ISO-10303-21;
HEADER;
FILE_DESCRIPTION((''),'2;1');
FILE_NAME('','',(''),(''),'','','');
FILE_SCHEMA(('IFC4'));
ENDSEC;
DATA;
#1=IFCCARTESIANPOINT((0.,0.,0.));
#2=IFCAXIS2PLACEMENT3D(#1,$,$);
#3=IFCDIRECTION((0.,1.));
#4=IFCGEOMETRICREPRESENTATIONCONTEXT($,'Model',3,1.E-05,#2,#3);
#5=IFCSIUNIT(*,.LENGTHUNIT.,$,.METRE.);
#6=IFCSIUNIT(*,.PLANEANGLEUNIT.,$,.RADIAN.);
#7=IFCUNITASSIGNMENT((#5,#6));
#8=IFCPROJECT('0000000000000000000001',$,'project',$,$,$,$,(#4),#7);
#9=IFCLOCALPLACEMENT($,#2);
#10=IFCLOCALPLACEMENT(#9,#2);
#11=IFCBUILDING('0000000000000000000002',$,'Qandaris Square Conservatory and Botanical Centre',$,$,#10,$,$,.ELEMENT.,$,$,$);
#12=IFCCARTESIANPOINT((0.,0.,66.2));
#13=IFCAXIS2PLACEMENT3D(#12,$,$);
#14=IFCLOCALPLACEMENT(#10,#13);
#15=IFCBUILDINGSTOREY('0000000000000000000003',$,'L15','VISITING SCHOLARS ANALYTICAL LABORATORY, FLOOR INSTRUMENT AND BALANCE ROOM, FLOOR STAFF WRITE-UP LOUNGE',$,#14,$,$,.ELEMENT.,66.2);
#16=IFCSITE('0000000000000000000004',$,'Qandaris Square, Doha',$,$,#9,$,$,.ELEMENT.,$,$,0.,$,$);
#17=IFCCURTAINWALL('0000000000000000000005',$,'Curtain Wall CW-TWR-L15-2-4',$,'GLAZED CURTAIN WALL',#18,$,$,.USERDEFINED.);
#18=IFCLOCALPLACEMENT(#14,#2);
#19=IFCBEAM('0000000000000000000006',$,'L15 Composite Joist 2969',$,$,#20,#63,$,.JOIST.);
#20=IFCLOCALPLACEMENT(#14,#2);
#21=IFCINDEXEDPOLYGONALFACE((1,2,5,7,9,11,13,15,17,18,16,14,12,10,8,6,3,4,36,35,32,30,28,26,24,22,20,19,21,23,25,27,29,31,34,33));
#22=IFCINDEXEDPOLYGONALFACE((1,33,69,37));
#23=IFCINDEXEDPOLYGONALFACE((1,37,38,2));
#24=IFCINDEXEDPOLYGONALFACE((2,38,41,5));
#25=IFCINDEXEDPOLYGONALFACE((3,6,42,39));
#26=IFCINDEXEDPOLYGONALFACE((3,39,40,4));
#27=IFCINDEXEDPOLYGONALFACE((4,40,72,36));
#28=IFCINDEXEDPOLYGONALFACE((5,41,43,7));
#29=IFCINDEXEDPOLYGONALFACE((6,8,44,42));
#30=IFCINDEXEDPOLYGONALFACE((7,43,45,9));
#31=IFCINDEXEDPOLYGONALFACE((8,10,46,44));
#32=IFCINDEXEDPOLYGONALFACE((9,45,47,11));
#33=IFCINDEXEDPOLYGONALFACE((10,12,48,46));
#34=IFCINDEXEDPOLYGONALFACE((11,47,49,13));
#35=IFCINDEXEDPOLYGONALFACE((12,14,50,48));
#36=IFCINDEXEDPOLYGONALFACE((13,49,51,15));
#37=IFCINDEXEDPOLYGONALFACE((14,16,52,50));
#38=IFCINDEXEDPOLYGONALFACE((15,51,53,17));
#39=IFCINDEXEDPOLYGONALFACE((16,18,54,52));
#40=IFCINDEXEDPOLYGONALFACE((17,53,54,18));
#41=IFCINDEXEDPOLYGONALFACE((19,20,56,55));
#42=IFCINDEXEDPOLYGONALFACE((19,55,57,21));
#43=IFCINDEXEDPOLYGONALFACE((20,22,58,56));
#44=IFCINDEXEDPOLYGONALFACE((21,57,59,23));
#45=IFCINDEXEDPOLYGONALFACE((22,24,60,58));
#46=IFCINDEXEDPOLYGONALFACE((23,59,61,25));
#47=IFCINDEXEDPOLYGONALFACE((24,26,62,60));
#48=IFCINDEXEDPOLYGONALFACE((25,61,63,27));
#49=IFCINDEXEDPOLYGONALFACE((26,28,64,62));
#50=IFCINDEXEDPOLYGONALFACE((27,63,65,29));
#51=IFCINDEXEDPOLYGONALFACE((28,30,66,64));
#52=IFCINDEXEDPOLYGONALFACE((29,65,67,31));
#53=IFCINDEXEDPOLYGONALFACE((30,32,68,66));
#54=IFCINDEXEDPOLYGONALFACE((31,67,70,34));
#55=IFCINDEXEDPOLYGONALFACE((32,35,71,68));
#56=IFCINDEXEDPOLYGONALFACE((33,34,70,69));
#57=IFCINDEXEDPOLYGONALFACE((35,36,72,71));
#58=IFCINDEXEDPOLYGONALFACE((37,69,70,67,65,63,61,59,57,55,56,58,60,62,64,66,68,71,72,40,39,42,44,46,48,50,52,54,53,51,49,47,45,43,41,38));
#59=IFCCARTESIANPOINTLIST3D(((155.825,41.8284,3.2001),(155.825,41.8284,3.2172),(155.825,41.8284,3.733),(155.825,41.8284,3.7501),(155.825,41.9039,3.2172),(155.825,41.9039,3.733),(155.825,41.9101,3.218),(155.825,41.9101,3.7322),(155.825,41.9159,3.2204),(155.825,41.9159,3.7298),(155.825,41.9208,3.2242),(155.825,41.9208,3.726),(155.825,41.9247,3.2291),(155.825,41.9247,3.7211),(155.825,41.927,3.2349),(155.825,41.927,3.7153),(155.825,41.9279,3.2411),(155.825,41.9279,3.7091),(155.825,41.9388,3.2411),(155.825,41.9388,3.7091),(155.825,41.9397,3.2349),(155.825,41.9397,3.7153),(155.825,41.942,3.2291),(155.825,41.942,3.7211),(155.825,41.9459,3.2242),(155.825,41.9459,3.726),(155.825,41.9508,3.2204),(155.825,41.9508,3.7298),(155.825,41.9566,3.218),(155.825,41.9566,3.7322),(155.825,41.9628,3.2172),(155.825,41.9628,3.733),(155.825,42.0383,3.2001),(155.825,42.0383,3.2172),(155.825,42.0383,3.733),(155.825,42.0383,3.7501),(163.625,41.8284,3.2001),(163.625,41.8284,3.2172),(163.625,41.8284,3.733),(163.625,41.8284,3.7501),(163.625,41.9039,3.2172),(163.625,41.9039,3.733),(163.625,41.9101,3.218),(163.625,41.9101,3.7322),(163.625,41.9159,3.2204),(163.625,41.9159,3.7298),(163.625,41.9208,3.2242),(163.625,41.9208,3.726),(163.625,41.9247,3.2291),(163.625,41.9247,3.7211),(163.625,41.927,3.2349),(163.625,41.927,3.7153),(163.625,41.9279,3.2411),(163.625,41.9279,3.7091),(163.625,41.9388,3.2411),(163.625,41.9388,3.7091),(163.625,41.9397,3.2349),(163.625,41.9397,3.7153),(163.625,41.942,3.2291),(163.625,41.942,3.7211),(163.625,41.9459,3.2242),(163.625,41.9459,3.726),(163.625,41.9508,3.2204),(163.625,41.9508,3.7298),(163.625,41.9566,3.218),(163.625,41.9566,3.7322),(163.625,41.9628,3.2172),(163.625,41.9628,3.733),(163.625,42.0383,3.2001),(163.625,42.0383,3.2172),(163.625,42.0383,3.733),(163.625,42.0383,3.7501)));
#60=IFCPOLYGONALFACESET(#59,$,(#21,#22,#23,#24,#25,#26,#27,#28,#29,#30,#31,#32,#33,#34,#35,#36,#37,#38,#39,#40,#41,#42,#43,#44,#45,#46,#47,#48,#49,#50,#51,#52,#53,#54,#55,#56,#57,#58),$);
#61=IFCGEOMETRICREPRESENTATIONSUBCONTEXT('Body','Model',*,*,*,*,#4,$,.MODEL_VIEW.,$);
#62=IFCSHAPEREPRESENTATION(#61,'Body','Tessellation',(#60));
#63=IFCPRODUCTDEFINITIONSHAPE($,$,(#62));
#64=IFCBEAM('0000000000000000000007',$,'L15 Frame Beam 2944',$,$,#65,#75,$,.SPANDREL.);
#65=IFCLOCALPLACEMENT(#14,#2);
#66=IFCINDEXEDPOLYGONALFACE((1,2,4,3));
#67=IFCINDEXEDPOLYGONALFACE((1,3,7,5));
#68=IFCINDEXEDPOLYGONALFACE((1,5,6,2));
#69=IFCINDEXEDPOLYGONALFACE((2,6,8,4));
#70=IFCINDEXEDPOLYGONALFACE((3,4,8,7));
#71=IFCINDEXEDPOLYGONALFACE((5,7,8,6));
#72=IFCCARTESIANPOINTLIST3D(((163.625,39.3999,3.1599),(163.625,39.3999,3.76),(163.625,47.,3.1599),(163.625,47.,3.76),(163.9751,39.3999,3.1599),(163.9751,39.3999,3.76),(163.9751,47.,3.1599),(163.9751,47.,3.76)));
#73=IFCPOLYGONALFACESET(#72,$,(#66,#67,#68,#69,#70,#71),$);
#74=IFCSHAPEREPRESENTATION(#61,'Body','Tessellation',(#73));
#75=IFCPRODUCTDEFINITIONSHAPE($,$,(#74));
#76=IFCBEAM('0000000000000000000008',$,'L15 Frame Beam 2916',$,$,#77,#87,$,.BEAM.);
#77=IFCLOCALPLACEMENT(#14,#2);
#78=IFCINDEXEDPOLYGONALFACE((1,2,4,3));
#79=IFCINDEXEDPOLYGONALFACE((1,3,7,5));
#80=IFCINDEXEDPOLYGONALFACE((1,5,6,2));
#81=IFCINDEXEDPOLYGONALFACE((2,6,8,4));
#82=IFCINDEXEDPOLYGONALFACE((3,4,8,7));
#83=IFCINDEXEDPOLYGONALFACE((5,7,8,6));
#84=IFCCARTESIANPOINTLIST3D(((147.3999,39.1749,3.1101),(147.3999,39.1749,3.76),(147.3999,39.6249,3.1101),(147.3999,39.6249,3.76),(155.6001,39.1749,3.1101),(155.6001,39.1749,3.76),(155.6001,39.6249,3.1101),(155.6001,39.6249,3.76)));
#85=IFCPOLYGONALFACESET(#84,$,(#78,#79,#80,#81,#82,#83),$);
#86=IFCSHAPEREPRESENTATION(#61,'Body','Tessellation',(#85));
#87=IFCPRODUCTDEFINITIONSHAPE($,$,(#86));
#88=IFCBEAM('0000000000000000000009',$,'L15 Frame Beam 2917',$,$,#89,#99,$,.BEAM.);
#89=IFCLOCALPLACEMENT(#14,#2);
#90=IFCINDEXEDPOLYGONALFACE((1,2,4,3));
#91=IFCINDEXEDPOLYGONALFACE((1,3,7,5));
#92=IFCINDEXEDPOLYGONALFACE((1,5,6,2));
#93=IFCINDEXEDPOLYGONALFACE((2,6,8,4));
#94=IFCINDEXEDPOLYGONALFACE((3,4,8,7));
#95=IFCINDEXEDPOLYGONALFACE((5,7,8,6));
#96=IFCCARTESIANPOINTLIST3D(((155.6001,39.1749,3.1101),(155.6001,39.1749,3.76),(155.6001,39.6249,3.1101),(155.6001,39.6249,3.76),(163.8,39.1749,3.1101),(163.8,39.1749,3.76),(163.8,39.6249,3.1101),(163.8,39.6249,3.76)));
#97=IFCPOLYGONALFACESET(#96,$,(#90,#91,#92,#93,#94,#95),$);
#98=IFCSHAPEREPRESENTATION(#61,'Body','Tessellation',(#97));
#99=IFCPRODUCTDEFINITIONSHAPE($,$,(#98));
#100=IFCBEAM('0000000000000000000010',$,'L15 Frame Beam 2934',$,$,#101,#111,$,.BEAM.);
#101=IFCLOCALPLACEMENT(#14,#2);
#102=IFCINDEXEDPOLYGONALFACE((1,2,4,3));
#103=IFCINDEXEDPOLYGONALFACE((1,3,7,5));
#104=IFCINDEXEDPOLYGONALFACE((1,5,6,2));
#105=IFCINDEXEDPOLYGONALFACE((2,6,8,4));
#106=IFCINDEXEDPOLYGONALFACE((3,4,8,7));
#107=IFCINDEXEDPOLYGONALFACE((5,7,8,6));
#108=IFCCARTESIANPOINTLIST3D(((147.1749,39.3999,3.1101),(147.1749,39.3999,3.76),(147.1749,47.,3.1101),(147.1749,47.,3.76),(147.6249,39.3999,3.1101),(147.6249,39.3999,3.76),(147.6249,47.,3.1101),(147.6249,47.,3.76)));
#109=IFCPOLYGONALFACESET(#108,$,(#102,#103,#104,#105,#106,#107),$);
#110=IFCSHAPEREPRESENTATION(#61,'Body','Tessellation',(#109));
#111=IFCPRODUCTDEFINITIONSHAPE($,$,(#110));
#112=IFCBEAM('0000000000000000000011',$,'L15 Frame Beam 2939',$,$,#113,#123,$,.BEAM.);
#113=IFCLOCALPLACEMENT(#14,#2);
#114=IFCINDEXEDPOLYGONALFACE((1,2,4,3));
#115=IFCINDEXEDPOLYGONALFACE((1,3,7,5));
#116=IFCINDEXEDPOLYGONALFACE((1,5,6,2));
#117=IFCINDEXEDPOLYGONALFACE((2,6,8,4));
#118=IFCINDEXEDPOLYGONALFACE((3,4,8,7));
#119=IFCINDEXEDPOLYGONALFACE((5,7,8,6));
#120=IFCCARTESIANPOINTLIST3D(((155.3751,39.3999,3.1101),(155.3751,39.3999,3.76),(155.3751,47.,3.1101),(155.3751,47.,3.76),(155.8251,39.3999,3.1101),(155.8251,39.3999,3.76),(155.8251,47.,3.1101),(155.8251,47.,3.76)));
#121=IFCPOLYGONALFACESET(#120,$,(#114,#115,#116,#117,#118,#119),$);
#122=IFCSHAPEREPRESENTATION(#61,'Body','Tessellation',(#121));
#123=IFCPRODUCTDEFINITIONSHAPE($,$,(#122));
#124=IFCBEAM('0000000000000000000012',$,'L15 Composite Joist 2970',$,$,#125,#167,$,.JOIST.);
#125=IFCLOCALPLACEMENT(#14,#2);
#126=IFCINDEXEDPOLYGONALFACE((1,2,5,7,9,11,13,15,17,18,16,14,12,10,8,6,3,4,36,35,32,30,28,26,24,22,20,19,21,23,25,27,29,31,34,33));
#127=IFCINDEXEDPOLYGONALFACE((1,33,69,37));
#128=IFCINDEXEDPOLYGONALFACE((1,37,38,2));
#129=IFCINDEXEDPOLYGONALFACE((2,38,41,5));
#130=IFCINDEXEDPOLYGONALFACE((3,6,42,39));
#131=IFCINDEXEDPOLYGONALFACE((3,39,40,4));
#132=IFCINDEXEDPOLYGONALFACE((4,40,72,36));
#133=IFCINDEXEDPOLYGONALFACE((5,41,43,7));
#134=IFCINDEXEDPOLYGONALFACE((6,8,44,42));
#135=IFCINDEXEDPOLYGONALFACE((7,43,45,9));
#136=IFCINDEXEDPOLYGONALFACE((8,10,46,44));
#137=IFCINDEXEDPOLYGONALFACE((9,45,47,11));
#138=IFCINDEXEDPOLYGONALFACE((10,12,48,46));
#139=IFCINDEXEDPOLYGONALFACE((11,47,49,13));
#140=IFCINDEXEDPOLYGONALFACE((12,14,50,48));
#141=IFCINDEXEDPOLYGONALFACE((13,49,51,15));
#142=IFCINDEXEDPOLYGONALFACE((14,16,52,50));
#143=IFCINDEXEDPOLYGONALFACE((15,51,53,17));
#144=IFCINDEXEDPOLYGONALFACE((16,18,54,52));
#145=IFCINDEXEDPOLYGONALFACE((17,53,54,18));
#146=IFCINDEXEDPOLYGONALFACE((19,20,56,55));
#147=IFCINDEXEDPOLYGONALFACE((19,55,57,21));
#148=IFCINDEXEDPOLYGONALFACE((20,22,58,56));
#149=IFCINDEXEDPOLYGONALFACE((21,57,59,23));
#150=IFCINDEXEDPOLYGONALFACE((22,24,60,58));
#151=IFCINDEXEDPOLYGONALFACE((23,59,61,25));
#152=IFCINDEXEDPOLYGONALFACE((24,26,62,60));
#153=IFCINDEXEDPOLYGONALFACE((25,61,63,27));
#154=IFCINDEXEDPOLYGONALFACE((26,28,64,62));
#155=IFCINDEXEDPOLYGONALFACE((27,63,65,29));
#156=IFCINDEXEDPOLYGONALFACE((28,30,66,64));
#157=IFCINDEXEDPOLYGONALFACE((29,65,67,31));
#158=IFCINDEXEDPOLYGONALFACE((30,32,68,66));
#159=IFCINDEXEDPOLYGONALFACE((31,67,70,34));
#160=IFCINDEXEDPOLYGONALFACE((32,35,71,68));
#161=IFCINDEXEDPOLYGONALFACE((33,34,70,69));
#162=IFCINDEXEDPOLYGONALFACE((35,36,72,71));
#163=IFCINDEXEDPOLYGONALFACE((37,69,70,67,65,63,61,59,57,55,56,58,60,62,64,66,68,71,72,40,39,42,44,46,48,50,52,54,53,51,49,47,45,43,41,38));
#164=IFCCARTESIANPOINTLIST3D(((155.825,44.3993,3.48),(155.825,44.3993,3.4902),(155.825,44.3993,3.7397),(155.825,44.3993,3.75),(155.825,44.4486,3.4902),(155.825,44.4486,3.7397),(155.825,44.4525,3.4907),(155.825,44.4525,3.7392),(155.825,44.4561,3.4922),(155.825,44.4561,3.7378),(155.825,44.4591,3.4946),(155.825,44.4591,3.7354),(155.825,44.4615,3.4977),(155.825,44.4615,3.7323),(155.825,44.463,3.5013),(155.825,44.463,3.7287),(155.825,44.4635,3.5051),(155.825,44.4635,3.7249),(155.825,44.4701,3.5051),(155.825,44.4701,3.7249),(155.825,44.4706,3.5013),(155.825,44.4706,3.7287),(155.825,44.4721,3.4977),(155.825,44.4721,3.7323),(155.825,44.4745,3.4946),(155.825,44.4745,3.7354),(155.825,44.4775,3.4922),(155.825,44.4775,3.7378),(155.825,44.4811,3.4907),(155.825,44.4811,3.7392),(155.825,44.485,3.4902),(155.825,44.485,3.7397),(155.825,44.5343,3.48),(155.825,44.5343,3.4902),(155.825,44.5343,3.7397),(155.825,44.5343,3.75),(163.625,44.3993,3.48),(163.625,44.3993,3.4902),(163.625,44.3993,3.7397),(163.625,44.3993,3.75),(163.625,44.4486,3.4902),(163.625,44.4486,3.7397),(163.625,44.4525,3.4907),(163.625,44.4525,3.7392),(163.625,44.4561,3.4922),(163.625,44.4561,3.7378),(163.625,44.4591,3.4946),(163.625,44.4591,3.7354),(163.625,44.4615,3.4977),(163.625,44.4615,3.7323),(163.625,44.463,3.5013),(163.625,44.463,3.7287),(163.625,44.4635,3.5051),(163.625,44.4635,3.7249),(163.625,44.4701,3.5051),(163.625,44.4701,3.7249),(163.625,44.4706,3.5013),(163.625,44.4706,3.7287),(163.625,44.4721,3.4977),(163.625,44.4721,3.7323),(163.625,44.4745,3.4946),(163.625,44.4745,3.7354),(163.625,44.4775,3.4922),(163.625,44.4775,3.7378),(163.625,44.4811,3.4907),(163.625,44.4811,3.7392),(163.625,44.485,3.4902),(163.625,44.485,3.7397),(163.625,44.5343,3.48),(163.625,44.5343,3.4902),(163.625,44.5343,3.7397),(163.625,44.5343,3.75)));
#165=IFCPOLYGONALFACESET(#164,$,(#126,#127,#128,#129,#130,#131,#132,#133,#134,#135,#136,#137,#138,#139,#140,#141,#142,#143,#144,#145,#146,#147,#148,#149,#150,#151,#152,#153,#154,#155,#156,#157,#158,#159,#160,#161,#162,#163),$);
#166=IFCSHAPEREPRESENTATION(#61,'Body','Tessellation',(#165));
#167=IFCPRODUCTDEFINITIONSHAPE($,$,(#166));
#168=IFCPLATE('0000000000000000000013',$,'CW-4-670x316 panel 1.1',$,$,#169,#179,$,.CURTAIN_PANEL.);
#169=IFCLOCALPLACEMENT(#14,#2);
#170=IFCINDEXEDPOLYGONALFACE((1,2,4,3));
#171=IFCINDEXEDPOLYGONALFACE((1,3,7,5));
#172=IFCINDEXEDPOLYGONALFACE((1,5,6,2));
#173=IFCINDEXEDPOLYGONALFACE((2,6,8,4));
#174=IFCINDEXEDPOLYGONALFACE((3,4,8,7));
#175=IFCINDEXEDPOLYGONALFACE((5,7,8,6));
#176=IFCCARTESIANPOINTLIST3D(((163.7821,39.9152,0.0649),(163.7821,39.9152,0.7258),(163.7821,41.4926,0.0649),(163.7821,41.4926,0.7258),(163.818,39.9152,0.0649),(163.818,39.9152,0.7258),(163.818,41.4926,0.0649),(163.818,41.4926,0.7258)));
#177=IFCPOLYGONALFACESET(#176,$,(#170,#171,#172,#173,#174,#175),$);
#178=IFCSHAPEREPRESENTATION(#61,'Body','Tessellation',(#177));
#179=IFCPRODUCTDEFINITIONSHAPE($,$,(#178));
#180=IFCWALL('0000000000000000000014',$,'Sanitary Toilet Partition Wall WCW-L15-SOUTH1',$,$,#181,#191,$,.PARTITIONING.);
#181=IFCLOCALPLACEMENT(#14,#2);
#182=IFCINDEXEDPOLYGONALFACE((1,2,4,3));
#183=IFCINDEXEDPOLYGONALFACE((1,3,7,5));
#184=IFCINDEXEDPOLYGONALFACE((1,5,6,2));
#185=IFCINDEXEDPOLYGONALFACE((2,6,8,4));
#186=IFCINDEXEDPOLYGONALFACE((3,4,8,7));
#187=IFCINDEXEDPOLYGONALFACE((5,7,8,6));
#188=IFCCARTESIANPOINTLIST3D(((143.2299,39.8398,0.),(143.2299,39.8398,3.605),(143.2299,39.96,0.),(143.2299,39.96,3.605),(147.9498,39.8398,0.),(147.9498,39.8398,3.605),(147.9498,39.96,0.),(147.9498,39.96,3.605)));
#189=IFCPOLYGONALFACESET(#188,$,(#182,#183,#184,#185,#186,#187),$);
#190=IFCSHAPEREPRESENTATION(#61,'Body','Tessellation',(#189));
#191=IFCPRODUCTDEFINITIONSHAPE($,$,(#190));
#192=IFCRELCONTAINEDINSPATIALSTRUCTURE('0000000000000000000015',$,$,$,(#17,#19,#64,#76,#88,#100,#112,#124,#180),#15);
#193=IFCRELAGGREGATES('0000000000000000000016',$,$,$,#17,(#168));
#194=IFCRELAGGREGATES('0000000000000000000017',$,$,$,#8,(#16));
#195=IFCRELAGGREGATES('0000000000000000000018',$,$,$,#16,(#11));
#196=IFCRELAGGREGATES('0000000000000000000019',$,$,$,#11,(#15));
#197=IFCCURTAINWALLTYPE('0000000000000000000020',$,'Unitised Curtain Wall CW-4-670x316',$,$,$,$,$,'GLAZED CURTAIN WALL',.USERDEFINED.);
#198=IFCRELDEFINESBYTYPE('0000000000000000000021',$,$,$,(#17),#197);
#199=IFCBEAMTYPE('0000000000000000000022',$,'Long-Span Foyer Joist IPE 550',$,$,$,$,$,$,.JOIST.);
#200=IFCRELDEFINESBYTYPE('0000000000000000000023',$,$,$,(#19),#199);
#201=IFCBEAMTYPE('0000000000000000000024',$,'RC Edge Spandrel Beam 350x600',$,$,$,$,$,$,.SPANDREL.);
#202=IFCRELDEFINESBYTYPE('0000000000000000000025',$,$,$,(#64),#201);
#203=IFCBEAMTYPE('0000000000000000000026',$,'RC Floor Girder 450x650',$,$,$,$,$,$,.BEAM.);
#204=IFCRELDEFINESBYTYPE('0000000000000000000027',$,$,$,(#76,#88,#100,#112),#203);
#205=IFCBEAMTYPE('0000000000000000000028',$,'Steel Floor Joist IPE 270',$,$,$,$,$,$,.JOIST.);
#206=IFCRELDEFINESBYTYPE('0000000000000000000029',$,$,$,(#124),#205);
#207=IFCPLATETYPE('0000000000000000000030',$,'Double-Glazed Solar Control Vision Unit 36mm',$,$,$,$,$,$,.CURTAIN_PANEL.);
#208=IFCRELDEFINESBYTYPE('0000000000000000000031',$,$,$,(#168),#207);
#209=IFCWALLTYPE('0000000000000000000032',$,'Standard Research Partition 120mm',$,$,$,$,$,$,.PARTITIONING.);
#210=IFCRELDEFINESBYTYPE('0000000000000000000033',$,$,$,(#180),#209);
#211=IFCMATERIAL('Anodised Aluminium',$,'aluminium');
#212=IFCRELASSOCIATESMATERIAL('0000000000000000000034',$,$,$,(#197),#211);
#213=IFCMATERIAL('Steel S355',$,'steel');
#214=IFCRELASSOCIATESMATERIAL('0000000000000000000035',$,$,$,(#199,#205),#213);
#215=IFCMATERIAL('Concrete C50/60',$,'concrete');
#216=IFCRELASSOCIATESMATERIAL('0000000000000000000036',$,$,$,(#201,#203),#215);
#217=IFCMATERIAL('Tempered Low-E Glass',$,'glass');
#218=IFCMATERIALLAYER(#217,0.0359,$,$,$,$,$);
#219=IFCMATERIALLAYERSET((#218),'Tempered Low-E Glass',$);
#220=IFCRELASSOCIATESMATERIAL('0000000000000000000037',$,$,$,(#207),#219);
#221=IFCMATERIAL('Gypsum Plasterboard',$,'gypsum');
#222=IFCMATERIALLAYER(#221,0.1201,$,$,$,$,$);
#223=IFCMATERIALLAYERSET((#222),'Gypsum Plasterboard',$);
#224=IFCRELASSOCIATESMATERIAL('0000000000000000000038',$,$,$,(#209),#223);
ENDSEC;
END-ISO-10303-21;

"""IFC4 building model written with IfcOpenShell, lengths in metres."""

from ifc_helpers import new_model, si_unit, direction, frame, frame_2d, origin, origin_2d, place, context, subcontext, project, spatial, rectangle, i_section, extrude, material, layer, layer_set, material_profile, profile_set, type_object, element, aggregate, save


model = new_model("IFC4")

# Units and contexts
model_context = context("Model", 3, precision=1e-05, world=origin(), true_north=direction((0.0, 1.0)))
body_context = subcontext(model_context, "Body", "Model", "MODEL_VIEW")
ifc_project = project(units=[si_unit("LENGTHUNIT", "METRE"), si_unit("PLANEANGLEUNIT", "RADIAN")], contexts=[model_context])

# Site, building, storey
site_placement = place(None, origin())
site = spatial("IfcSite", under=ifc_project, at=site_placement, Name="Qandaris Square, Doha", CompositionType="ELEMENT", RefElevation=0.0)
building_placement = place(site_placement, origin())
building = spatial("IfcBuilding", under=site, at=building_placement, Name="Qandaris Square Conservatory and Botanical Centre", CompositionType="ELEMENT")
storey_placement = place(building_placement, frame((0.0, 0.0, 66.2)))
storey = spatial("IfcBuildingStorey", under=building, at=storey_placement, Name="L15", Description="VISITING SCHOLARS ANALYTICAL LABORATORY, FLOOR INSTRUMENT AND BALANCE ROOM, FLOOR STAFF WRITE-UP LOUNGE", CompositionType="ELEMENT", Elevation=66.2)

# Shared definitions
ifc_material_1 = material(Name="Concrete C50/60", Category="concrete")

# Shared definitions
ifc_material_2 = material(Name="Steel S355", Category="steel")

# Curtain wall
ifc_material_3 = material(Name="Anodised Aluminium", Category="aluminium")
curtain_wall_type = type_object("IfcCurtainWallType", Name="Unitised Curtain Wall CW-4-670x316", ElementType="GLAZED CURTAIN WALL", PredefinedType="USERDEFINED", material=ifc_material_3)
curtain_wall_placement = place(storey_placement, origin())
curtain_wall = element("IfcCurtainWall", 1, at=curtain_wall_placement, inside=storey, type_object=curtain_wall_type, Name="Curtain Wall CW-TWR-L15-2-4", ObjectType="GLAZED CURTAIN WALL", PredefinedType="USERDEFINED")

# Beams
ifc_material_profile_1 = material_profile(ifc_material_2, i_section(OverallWidth=0.21, OverallDepth=0.55, WebThickness=0.011, FlangeThickness=0.0171, FilletRadius=0.0239, at=origin_2d()), Name="IPE 550")
ifc_profile_set_1 = profile_set([ifc_material_profile_1], Name="Steel S355")
beam_type_1 = type_object("IfcBeamType", Name="Long-Span Foyer Joist IPE 550", PredefinedType="JOIST", material=ifc_profile_set_1)
beam_1_placement = place(storey_placement, frame((155.825, 41.9333, 3.4751), z_axis=(1.0, 0.0, 0.0), x_axis=(0.0, 1.0, 0.0)))
element("IfcBeam", 2, at=beam_1_placement, inside=storey, type_object=beam_type_1, Name="L15 Composite Joist 2969", PredefinedType="JOIST", context=body_context, shape_type="SweptSolid", body=[
    extrude(i_section(OverallWidth=0.21, OverallDepth=0.55, WebThickness=0.011, FlangeThickness=0.0171, FilletRadius=0.0239, at=origin_2d()), origin(), (0.0, 0.0, 1.0), 7.8),
])
ifc_material_profile_2 = material_profile(ifc_material_1, rectangle(XDim=0.3501, YDim=0.6001, at=origin_2d()), Name="RC-SP 350x600")
ifc_profile_set_2 = profile_set([ifc_material_profile_2], Name="Concrete C50/60")
beam_type_2 = type_object("IfcBeamType", Name="RC Edge Spandrel Beam 350x600", PredefinedType="SPANDREL", material=ifc_profile_set_2)
beam_2_placement = place(storey_placement, frame((163.8, 39.3999, 3.46), z_axis=(0.0, 1.0, 0.0), x_axis=(-1.0, 0.0, 0.0)))
element("IfcBeam", 3, at=beam_2_placement, inside=storey, type_object=beam_type_2, Name="L15 Frame Beam 2944", PredefinedType="SPANDREL", context=body_context, shape_type="SweptSolid", body=[
    extrude(rectangle(XDim=0.3501, YDim=0.6001, at=origin_2d()), origin(), (0.0, 0.0, 1.0), 7.6001),
])
ifc_material_profile_3 = material_profile(ifc_material_1, rectangle(XDim=0.45, YDim=0.6499, at=origin_2d()), Name="RC-BM 450x650")
ifc_profile_set_3 = profile_set([ifc_material_profile_3], Name="Concrete C50/60")
beam_type_3 = type_object("IfcBeamType", Name="RC Floor Girder 450x650", PredefinedType="BEAM", material=ifc_profile_set_3)
beam_3_placement = place(storey_placement, frame((147.3999, 39.3999, 3.4351), z_axis=(1.0, 0.0, 0.0), x_axis=(0.0, 1.0, 0.0)))
element("IfcBeam", 4, at=beam_3_placement, inside=storey, type_object=beam_type_3, Name="L15 Frame Beam 2916", PredefinedType="BEAM", context=body_context, shape_type="SweptSolid", body=[
    extrude(rectangle(XDim=0.45, YDim=0.6499, at=origin_2d()), origin(), (0.0, 0.0, 1.0), 8.2002),
])
beam_4_placement = place(storey_placement, frame((155.6001, 39.3999, 3.4351), z_axis=(1.0, 0.0, 0.0), x_axis=(0.0, 1.0, 0.0)))
element("IfcBeam", 5, at=beam_4_placement, inside=storey, type_object=beam_type_3, Name="L15 Frame Beam 2917", PredefinedType="BEAM", context=body_context, shape_type="SweptSolid", body=[
    extrude(rectangle(XDim=0.45, YDim=0.6499, at=origin_2d()), origin(), (0.0, 0.0, 1.0), 8.2),
])
for number, where, z_axis, x_axis, name in (
    (6, (147.3999, 39.3999, 3.4351), (0.0, 1.0, 0.0), (-1.0, 0.0, 0.0), "L15 Frame Beam 2934"),
    (7, (155.6001, 39.3999, 3.4351), (0.0, 1.0, 0.0), (-1.0, 0.0, 0.0), "L15 Frame Beam 2939"),
):
    element("IfcBeam", number, at=place(storey_placement, frame(where, z_axis=z_axis, x_axis=x_axis)), inside=storey, type_object=beam_type_3, Name=name, PredefinedType="BEAM", context=body_context, shape_type="SweptSolid", body=[
        extrude(rectangle(XDim=0.45, YDim=0.6499, at=origin_2d()), origin(), (0.0, 0.0, 1.0), 7.6001),
    ])
ifc_material_profile_4 = material_profile(ifc_material_2, i_section(OverallWidth=0.135, OverallDepth=0.27, WebThickness=0.0066, FlangeThickness=0.0103, FilletRadius=0.0149, at=origin_2d()), Name="IPE 270")
ifc_profile_set_4 = profile_set([ifc_material_profile_4], Name="Steel S355")
beam_type_4 = type_object("IfcBeamType", Name="Steel Floor Joist IPE 270", PredefinedType="JOIST", material=ifc_profile_set_4)
beam_5_placement = place(storey_placement, frame((155.825, 44.4668, 3.615), z_axis=(1.0, 0.0, 0.0), x_axis=(0.0, 1.0, 0.0)))
element("IfcBeam", 8, at=beam_5_placement, inside=storey, type_object=beam_type_4, Name="L15 Composite Joist 2970", PredefinedType="JOIST", context=body_context, shape_type="SweptSolid", body=[
    extrude(i_section(OverallWidth=0.135, OverallDepth=0.27, WebThickness=0.0066, FlangeThickness=0.0103, FilletRadius=0.0149, at=origin_2d()), origin(), (0.0, 0.0, 1.0), 7.8),
])

# Plate
ifc_material_4 = material(Name="Tempered Low-E Glass", Category="glass")
ifc_layer_1 = layer(ifc_material_4, 0.0359)
ifc_layer_set_1 = layer_set([ifc_layer_1], Name="Tempered Low-E Glass")
plate_type = type_object("IfcPlateType", Name="Double-Glazed Solar Control Vision Unit 36mm", PredefinedType="CURTAIN_PANEL", material=ifc_layer_set_1)
plate_placement = place(storey_placement, frame((163.8, 40.7039, 0.0649), z_axis=(0.0, 0.0, 1.0), x_axis=(0.0, 1.0, 0.0)))
plate = element("IfcPlate", 9, at=plate_placement, type_object=plate_type, Name="CW-4-670x316 panel 1.1", PredefinedType="CURTAIN_PANEL", context=body_context, shape_type="SweptSolid", body=[
    extrude(rectangle(XDim=1.5774, YDim=0.0359, at=origin_2d()), origin(), (0.0, 0.0, 1.0), 0.6609),
])
aggregate(curtain_wall, [plate])

# Wall
ifc_material_5 = material(Name="Gypsum Plasterboard", Category="gypsum")
ifc_layer_2 = layer(ifc_material_5, 0.1201)
ifc_layer_set_2 = layer_set([ifc_layer_2], Name="Gypsum Plasterboard")
wall_type = type_object("IfcWallType", Name="Standard Research Partition 120mm", PredefinedType="PARTITIONING", material=ifc_layer_set_2)
for number, where, z_axis, x_axis, name in (
    (10, (143.23, 39.8999, 0.0), (0.0, 0.0, 1.0), (1.0, 0.0, 0.0), "Sanitary Toilet Partition Wall WCW-L15-SOUTH1"),
):
    element("IfcWall", number, at=place(storey_placement, frame(where, z_axis=z_axis, x_axis=x_axis)), inside=storey, type_object=wall_type, Name=name, PredefinedType="PARTITIONING", context=body_context, shape_type="SweptSolid", body=[
        extrude(rectangle(XDim=4.72, YDim=0.1201, at=frame_2d((2.3599, 0.0))), origin(), (0.0, 0.0, 1.0), 3.605),
    ])

save(model, "model.ifc")
